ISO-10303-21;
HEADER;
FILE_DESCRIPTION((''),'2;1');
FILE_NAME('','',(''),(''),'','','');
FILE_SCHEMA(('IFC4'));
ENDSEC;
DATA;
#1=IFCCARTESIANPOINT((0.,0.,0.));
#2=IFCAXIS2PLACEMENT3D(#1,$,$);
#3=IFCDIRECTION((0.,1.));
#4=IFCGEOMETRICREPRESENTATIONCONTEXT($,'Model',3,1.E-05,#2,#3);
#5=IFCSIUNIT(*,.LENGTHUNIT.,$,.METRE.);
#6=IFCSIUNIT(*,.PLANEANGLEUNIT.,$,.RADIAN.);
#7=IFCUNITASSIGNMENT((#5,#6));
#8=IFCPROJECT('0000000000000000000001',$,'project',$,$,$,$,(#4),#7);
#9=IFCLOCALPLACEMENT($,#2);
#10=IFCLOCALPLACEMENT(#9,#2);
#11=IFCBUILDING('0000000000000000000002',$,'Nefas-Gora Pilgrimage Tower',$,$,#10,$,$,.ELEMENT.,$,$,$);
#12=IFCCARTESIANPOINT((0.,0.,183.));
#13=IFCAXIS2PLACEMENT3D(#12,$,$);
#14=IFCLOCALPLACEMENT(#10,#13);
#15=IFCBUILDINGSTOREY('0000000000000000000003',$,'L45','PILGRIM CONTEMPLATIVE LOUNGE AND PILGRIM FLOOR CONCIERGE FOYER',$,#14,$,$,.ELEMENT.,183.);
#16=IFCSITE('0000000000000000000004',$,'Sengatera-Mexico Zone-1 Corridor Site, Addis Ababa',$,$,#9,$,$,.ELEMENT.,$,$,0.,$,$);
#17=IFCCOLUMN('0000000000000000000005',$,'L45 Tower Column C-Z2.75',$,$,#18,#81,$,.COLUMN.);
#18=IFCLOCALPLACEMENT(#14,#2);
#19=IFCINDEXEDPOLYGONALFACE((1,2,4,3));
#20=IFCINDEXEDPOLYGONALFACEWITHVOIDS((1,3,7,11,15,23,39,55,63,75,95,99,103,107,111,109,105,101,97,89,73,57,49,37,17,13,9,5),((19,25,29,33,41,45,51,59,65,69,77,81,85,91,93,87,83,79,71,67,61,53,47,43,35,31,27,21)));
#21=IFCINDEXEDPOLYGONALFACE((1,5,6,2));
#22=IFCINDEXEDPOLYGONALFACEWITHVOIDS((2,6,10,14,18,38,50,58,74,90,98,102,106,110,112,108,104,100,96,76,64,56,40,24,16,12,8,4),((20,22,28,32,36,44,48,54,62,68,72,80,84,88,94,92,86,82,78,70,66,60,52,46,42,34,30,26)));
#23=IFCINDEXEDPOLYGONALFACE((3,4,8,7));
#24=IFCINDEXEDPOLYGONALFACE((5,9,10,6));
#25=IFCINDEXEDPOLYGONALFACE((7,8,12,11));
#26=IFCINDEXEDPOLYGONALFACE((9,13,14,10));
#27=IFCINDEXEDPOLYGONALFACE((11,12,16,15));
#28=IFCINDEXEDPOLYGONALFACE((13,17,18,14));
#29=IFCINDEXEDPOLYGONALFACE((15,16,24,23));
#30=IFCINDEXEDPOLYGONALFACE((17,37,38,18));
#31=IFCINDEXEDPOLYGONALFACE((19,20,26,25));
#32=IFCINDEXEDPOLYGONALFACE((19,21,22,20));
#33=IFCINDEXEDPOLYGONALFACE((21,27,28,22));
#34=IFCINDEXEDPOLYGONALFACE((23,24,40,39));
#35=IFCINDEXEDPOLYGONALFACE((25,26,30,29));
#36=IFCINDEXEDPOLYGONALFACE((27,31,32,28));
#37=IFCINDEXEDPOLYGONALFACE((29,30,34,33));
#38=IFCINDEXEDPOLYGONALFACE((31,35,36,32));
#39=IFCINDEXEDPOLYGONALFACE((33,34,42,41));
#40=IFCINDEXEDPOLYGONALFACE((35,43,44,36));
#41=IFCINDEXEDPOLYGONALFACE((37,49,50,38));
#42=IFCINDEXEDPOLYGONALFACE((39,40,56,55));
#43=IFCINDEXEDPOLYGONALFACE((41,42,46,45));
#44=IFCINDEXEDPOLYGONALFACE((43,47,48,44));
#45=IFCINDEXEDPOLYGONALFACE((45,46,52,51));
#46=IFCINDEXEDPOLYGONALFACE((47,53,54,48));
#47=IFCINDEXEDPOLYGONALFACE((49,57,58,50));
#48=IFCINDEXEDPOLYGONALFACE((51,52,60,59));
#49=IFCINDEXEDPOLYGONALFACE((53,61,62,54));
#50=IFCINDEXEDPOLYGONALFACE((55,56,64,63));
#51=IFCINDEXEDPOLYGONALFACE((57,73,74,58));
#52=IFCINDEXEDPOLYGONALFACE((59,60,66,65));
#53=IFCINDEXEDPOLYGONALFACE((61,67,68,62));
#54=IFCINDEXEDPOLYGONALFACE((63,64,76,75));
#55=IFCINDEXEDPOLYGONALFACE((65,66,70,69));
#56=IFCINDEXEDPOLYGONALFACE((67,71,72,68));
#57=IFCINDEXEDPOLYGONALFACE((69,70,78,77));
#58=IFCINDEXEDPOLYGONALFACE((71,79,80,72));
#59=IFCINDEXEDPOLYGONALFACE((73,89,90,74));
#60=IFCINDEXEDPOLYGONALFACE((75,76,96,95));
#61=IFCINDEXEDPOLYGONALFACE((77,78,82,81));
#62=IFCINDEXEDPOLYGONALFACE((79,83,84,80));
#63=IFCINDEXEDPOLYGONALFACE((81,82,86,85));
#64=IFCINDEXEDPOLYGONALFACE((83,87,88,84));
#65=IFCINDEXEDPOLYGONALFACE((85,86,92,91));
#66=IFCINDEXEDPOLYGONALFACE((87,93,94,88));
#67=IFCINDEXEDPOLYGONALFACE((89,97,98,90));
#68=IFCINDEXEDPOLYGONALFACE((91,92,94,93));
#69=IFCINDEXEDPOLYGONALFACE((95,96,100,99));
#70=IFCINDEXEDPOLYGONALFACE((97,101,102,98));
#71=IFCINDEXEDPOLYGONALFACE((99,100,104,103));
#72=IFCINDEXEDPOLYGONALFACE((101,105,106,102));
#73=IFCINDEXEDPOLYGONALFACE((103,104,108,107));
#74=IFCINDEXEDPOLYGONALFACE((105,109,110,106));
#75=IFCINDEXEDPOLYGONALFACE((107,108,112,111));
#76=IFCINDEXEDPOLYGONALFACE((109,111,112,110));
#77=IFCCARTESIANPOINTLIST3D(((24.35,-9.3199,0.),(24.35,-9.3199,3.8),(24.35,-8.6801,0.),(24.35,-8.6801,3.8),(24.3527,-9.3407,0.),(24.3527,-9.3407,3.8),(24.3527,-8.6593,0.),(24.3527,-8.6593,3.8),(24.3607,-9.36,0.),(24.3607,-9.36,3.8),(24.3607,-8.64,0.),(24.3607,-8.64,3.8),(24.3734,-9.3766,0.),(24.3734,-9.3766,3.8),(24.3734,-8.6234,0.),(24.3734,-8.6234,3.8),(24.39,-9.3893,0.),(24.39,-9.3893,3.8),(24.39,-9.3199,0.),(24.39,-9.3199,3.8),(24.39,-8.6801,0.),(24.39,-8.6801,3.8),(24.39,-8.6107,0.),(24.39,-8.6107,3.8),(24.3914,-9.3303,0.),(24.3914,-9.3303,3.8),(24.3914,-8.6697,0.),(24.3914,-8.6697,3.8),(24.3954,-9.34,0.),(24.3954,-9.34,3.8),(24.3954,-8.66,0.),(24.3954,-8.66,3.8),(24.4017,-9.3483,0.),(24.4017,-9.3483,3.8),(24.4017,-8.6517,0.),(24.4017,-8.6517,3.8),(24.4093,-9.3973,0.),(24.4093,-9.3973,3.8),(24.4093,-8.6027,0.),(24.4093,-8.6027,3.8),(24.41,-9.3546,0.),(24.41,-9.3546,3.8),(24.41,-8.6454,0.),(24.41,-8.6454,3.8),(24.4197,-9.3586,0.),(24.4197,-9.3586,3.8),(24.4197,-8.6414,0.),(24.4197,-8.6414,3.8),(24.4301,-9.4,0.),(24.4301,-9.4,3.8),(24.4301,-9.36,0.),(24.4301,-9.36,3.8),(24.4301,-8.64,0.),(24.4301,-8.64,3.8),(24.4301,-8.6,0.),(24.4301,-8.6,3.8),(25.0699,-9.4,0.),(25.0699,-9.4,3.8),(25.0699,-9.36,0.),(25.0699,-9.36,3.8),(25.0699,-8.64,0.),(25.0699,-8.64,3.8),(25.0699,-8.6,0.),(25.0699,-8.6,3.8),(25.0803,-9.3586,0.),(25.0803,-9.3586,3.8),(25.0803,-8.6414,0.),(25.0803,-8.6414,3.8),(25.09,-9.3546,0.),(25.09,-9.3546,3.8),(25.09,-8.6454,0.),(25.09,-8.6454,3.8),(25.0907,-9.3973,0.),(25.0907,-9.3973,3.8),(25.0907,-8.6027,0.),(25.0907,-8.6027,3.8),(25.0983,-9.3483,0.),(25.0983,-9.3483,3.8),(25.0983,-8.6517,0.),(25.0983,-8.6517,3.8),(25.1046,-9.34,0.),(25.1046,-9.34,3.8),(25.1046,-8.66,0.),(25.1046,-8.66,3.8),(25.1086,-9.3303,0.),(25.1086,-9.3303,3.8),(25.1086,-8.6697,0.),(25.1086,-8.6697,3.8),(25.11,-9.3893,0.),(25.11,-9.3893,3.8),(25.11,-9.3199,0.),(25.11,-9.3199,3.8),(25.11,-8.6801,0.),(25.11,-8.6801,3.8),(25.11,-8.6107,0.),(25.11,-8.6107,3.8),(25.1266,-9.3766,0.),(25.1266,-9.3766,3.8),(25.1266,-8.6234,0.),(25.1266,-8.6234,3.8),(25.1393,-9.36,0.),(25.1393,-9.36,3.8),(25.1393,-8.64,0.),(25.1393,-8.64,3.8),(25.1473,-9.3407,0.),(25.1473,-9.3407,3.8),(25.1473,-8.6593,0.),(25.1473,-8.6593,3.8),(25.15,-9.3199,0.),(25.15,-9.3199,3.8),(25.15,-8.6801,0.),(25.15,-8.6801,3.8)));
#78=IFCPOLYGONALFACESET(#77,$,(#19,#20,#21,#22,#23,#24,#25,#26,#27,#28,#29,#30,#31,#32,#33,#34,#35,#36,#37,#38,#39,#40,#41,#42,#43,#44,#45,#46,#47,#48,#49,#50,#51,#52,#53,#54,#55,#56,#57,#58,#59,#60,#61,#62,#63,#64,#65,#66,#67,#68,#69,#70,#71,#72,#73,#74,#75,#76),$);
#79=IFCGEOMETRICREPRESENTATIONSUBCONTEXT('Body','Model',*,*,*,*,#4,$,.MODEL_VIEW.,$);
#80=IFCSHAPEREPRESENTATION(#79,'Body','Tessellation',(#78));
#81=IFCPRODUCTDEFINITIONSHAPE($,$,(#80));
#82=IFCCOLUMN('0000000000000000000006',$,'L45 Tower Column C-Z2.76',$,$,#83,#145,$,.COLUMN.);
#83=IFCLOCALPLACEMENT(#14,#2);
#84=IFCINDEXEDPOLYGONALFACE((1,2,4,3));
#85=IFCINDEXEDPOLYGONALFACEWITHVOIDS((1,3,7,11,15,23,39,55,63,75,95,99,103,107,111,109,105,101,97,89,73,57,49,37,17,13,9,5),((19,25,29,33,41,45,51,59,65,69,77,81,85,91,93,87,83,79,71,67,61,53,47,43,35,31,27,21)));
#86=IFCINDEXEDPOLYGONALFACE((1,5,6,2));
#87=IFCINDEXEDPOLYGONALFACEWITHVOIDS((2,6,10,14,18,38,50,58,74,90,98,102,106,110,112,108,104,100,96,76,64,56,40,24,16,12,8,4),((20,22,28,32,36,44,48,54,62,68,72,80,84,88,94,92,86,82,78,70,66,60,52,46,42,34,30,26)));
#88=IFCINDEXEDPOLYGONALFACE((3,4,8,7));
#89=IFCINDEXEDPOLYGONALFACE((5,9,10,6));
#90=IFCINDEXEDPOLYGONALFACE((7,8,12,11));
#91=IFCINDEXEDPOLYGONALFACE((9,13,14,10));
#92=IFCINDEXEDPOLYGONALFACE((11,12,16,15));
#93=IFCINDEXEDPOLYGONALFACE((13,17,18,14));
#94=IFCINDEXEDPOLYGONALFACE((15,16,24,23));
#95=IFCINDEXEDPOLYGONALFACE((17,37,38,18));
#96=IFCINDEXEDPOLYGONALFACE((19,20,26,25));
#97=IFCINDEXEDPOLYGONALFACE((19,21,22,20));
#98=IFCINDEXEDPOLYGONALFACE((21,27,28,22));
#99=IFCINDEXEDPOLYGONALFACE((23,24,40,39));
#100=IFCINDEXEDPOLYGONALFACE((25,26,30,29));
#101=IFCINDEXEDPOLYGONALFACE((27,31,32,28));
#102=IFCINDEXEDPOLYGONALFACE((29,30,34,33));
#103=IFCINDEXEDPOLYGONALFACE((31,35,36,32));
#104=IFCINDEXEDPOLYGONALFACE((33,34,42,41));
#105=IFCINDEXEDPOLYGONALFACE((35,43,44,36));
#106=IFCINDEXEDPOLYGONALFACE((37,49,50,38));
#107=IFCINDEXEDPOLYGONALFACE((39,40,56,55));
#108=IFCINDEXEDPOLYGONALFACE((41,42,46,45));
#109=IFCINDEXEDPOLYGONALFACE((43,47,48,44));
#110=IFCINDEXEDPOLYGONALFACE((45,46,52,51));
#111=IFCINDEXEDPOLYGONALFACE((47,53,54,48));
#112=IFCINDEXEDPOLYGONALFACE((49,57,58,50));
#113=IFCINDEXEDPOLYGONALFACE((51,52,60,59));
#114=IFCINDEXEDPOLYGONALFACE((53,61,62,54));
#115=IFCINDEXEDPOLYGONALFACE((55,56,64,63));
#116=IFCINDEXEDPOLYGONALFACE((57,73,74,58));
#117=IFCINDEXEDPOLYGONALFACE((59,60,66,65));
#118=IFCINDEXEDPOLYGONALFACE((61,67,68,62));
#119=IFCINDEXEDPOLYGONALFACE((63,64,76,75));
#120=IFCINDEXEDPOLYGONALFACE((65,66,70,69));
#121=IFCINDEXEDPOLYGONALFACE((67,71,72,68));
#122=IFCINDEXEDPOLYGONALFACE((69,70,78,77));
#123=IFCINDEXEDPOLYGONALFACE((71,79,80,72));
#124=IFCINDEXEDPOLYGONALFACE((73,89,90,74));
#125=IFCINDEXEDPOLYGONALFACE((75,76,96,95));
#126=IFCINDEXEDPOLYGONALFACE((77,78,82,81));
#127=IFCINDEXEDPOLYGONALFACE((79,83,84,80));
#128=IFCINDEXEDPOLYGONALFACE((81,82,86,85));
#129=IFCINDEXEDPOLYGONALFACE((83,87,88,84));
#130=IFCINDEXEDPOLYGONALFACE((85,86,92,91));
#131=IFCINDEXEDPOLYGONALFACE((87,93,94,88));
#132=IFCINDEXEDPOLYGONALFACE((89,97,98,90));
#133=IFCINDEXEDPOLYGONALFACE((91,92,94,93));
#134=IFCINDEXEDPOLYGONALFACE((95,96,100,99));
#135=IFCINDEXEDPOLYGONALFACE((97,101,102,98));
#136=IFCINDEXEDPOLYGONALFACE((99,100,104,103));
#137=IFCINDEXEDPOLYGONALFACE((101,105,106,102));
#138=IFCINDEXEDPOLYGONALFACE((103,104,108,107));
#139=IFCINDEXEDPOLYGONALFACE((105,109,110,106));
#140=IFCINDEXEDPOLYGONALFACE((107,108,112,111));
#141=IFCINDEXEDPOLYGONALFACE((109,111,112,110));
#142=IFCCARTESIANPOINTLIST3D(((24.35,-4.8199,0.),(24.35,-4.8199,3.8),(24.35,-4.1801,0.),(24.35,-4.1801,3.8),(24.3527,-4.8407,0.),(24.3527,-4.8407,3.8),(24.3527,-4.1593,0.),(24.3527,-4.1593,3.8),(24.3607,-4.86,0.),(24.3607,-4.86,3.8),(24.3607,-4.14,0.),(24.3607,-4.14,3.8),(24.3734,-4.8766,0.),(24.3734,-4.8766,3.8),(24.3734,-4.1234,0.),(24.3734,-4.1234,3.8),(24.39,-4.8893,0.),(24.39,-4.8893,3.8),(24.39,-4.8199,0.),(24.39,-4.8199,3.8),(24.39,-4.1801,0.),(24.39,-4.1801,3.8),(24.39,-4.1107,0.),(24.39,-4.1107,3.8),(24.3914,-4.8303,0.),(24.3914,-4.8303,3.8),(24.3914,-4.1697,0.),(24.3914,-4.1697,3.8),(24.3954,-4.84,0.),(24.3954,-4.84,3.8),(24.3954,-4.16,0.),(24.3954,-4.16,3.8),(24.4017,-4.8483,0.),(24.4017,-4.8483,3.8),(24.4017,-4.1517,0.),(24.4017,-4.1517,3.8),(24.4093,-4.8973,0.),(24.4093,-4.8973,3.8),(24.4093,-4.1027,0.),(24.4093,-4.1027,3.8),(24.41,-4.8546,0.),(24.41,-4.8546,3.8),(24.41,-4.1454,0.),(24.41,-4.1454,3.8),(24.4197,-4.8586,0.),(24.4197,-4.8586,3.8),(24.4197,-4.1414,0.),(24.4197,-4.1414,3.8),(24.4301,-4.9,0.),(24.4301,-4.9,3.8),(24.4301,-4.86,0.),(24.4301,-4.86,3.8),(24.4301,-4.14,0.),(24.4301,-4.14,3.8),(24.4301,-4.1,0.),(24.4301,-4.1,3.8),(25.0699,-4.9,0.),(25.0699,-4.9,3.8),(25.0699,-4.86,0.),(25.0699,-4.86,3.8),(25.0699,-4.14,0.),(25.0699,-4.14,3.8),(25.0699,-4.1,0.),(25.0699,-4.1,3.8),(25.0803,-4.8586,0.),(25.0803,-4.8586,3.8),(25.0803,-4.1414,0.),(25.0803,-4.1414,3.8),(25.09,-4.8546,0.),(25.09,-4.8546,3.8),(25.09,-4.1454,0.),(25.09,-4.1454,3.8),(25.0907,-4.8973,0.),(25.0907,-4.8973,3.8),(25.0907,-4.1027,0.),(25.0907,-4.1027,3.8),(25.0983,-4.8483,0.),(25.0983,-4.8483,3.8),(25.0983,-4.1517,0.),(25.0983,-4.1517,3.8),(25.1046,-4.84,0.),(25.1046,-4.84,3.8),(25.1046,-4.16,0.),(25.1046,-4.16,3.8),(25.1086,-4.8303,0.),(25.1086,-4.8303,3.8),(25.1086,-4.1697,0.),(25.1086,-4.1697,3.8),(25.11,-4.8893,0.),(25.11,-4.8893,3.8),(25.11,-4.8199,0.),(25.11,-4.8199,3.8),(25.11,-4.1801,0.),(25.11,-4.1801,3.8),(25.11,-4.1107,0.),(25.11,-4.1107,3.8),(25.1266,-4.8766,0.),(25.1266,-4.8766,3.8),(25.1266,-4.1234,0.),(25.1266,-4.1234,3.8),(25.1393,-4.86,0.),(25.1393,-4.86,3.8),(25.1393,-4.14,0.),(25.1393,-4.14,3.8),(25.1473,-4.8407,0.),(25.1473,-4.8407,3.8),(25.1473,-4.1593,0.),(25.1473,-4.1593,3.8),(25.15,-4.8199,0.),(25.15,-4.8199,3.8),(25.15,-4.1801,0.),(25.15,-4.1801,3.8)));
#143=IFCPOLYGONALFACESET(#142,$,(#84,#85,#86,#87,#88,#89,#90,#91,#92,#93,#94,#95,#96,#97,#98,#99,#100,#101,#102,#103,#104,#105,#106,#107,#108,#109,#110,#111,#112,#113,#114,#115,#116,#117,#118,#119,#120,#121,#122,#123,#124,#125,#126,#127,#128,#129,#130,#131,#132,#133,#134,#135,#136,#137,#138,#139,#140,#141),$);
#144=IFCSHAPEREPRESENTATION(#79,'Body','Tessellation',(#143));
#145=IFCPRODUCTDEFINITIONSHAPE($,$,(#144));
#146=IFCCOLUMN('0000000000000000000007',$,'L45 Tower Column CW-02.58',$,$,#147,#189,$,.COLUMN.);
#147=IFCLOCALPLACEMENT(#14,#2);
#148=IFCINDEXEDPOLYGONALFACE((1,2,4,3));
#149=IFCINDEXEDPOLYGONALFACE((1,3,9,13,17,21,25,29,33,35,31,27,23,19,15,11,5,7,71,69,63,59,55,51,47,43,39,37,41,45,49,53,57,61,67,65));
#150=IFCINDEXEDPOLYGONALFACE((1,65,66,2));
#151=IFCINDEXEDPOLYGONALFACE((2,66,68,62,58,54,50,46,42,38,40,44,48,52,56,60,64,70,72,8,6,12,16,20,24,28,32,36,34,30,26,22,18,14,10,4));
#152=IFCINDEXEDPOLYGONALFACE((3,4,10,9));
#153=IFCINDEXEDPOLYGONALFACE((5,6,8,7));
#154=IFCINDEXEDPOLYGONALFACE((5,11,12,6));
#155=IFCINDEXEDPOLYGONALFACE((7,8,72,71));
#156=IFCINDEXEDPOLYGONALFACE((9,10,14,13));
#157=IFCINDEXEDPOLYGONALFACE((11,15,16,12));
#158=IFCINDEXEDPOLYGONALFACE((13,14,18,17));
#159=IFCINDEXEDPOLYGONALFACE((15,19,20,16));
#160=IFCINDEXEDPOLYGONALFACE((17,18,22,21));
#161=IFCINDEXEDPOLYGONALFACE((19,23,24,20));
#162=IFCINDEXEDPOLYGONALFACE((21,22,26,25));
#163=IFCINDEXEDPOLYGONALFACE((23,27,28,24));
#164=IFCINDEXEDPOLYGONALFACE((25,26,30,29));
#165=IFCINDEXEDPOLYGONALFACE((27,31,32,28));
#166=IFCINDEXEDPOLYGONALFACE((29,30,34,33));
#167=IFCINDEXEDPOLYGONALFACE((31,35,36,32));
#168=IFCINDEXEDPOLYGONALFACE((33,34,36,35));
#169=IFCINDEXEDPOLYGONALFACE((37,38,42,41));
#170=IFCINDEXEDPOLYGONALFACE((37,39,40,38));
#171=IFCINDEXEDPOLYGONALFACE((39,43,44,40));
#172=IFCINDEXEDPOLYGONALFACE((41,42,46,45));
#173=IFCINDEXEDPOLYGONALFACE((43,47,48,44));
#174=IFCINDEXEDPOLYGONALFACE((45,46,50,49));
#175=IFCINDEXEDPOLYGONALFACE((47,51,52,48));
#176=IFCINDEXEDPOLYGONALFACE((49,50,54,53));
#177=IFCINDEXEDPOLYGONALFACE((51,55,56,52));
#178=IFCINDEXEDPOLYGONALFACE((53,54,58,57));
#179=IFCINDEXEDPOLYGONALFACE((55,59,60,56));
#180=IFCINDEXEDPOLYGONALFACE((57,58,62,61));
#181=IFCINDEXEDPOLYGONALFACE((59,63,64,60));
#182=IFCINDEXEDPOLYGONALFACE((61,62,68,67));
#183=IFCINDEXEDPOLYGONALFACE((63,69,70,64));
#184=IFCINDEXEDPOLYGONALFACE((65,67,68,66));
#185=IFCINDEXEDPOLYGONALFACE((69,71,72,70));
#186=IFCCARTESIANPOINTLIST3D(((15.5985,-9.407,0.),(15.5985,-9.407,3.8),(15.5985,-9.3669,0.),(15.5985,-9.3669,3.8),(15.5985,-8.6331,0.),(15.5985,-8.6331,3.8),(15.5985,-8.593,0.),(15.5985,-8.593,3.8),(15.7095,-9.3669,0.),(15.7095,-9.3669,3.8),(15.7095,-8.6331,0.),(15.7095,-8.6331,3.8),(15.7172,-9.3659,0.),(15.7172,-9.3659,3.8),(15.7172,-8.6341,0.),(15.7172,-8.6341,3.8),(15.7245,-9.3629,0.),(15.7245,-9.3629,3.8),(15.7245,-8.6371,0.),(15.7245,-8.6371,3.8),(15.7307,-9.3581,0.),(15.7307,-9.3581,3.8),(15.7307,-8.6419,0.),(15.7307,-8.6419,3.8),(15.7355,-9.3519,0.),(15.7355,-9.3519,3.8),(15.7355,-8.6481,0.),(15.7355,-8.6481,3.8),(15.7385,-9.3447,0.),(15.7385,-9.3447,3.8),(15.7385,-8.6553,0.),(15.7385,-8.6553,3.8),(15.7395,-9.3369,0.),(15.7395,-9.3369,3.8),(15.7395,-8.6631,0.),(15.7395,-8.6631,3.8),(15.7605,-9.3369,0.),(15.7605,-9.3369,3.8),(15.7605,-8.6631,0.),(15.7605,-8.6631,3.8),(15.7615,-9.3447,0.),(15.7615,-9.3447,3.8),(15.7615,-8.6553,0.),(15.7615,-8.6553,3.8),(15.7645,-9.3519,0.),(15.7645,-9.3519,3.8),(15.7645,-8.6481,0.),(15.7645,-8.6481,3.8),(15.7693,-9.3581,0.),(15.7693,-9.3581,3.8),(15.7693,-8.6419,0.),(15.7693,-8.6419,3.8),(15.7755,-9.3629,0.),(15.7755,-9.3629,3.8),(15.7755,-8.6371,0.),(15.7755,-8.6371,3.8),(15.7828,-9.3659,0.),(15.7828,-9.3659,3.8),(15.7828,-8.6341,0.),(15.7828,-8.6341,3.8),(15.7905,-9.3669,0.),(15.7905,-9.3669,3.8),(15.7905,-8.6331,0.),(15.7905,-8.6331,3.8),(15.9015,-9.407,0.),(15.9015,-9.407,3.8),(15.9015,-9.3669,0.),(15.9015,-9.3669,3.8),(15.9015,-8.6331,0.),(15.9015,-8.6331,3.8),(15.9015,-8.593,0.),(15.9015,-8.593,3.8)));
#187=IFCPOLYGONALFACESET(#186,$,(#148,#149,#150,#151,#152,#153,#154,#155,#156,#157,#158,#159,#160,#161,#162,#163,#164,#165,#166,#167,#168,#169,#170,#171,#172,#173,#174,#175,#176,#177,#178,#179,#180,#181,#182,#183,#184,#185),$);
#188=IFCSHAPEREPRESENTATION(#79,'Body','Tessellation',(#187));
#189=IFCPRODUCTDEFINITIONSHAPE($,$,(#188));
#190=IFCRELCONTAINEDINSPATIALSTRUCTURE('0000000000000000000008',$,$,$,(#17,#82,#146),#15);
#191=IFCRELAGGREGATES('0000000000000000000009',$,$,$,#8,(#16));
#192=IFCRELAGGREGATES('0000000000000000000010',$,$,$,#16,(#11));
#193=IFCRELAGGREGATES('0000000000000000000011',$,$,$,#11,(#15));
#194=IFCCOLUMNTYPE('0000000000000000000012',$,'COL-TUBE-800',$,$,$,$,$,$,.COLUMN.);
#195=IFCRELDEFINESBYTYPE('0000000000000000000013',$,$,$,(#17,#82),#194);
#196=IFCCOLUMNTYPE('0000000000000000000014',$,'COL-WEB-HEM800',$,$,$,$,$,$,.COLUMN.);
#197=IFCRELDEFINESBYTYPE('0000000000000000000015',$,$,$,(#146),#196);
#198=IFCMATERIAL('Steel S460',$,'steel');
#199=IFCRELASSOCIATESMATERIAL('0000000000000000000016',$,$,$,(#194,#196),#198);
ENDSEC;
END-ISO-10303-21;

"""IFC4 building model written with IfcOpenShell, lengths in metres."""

from ifc_helpers import new_model, si_unit, direction, frame, origin, origin_2d, place, context, subcontext, project, spatial, hollow_rectangle, i_section, extrude, source, transform, mapped, material, material_profile, profile_set, type_object, element, save


model = new_model("IFC4")

# Units and contexts
model_context = context("Model", 3, precision=1e-05, world=origin(), true_north=direction((0.0, 1.0)))
body_context = subcontext(model_context, "Body", "Model", "MODEL_VIEW")
ifc_project = project(units=[si_unit("LENGTHUNIT", "METRE"), si_unit("PLANEANGLEUNIT", "RADIAN")], contexts=[model_context])

# Site, building, storey
site_placement = place(None, origin())
site = spatial("IfcSite", under=ifc_project, at=site_placement, Name="Sengatera-Mexico Zone-1 Corridor Site, Addis Ababa", CompositionType="ELEMENT", RefElevation=0.0)
building_placement = place(site_placement, origin())
building = spatial("IfcBuilding", under=site, at=building_placement, Name="Nefas-Gora Pilgrimage Tower", CompositionType="ELEMENT")
storey_placement = place(building_placement, frame((0.0, 0.0, 183.0)))
storey = spatial("IfcBuildingStorey", under=building, at=storey_placement, Name="L45", Description="PILGRIM CONTEMPLATIVE LOUNGE AND PILGRIM FLOOR CONCIERGE FOYER", CompositionType="ELEMENT", Elevation=183.0)

# Columns
ifc_material_1 = material(Name="Steel S460", Category="steel")
ifc_material_profile_1 = material_profile(ifc_material_1, hollow_rectangle(XDim=0.8, YDim=0.8, WallThickness=0.04, InnerFilletRadius=0.04, OuterFilletRadius=0.0801, at=origin_2d()), Name="BOX 800x800x40")
ifc_profile_set_1 = profile_set([ifc_material_profile_1], Name="Steel S460")
column_type_1 = type_object("IfcColumnType", Name="COL-TUBE-800", PredefinedType="COLUMN", material=ifc_profile_set_1)
shared_shape_1 = source(origin(), body_context, "Body", "SweptSolid", [
    extrude(hollow_rectangle(XDim=0.8, YDim=0.8, WallThickness=0.04, InnerFilletRadius=0.04, OuterFilletRadius=0.0801, at=origin_2d()), origin(), (0.0, 0.0, 1.0), 3.8),
])
for number, where, z_axis, x_axis, name in (
    (1, (24.75, -9.0, 0.0), (0.0, 0.0, 1.0), (1.0, 0.0, 0.0), "L45 Tower Column C-Z2.75"),
    (2, (24.75, -4.5, 0.0), (0.0, 0.0, 1.0), (1.0, 0.0, 0.0), "L45 Tower Column C-Z2.76"),
):
    element("IfcColumn", number, at=place(storey_placement, frame(where, z_axis=z_axis, x_axis=x_axis)), inside=storey, type_object=column_type_1, Name=name, PredefinedType="COLUMN", context=body_context, shape_type="MappedRepresentation", body=[
        mapped(shared_shape_1, transform((0.0, 0.0, 0.0), x_axis=(1.0, 0.0, 0.0), y_axis=(0.0, 1.0, 0.0), z_axis=(0.0, 0.0, 1.0), scale=1.0)),
    ])
ifc_material_profile_2 = material_profile(ifc_material_1, i_section(OverallWidth=0.303, OverallDepth=0.814, WebThickness=0.021, FlangeThickness=0.04, FilletRadius=0.03, at=origin_2d()), Name="HEM 800")
ifc_profile_set_2 = profile_set([ifc_material_profile_2], Name="Steel S460")
column_type_2 = type_object("IfcColumnType", Name="COL-WEB-HEM800", PredefinedType="COLUMN", material=ifc_profile_set_2)
shared_shape_2 = source(origin(), body_context, "Body", "SweptSolid", [
    extrude(i_section(OverallWidth=0.303, OverallDepth=0.814, WebThickness=0.021, FlangeThickness=0.04, FilletRadius=0.03, at=origin_2d()), origin(), (0.0, 0.0, 1.0), 3.8),
])
for number, where, z_axis, x_axis, name in (
    (3, (15.75, -9.0, 0.0), (0.0, 0.0, 1.0), (1.0, 0.0, 0.0), "L45 Tower Column CW-02.58"),
):
    element("IfcColumn", number, at=place(storey_placement, frame(where, z_axis=z_axis, x_axis=x_axis)), inside=storey, type_object=column_type_2, Name=name, PredefinedType="COLUMN", context=body_context, shape_type="MappedRepresentation", body=[
        mapped(shared_shape_2, transform((0.0, 0.0, 0.0), x_axis=(1.0, 0.0, 0.0), y_axis=(0.0, 1.0, 0.0), z_axis=(0.0, 0.0, 1.0), scale=1.0)),
    ])

save(model, "model.ifc")
